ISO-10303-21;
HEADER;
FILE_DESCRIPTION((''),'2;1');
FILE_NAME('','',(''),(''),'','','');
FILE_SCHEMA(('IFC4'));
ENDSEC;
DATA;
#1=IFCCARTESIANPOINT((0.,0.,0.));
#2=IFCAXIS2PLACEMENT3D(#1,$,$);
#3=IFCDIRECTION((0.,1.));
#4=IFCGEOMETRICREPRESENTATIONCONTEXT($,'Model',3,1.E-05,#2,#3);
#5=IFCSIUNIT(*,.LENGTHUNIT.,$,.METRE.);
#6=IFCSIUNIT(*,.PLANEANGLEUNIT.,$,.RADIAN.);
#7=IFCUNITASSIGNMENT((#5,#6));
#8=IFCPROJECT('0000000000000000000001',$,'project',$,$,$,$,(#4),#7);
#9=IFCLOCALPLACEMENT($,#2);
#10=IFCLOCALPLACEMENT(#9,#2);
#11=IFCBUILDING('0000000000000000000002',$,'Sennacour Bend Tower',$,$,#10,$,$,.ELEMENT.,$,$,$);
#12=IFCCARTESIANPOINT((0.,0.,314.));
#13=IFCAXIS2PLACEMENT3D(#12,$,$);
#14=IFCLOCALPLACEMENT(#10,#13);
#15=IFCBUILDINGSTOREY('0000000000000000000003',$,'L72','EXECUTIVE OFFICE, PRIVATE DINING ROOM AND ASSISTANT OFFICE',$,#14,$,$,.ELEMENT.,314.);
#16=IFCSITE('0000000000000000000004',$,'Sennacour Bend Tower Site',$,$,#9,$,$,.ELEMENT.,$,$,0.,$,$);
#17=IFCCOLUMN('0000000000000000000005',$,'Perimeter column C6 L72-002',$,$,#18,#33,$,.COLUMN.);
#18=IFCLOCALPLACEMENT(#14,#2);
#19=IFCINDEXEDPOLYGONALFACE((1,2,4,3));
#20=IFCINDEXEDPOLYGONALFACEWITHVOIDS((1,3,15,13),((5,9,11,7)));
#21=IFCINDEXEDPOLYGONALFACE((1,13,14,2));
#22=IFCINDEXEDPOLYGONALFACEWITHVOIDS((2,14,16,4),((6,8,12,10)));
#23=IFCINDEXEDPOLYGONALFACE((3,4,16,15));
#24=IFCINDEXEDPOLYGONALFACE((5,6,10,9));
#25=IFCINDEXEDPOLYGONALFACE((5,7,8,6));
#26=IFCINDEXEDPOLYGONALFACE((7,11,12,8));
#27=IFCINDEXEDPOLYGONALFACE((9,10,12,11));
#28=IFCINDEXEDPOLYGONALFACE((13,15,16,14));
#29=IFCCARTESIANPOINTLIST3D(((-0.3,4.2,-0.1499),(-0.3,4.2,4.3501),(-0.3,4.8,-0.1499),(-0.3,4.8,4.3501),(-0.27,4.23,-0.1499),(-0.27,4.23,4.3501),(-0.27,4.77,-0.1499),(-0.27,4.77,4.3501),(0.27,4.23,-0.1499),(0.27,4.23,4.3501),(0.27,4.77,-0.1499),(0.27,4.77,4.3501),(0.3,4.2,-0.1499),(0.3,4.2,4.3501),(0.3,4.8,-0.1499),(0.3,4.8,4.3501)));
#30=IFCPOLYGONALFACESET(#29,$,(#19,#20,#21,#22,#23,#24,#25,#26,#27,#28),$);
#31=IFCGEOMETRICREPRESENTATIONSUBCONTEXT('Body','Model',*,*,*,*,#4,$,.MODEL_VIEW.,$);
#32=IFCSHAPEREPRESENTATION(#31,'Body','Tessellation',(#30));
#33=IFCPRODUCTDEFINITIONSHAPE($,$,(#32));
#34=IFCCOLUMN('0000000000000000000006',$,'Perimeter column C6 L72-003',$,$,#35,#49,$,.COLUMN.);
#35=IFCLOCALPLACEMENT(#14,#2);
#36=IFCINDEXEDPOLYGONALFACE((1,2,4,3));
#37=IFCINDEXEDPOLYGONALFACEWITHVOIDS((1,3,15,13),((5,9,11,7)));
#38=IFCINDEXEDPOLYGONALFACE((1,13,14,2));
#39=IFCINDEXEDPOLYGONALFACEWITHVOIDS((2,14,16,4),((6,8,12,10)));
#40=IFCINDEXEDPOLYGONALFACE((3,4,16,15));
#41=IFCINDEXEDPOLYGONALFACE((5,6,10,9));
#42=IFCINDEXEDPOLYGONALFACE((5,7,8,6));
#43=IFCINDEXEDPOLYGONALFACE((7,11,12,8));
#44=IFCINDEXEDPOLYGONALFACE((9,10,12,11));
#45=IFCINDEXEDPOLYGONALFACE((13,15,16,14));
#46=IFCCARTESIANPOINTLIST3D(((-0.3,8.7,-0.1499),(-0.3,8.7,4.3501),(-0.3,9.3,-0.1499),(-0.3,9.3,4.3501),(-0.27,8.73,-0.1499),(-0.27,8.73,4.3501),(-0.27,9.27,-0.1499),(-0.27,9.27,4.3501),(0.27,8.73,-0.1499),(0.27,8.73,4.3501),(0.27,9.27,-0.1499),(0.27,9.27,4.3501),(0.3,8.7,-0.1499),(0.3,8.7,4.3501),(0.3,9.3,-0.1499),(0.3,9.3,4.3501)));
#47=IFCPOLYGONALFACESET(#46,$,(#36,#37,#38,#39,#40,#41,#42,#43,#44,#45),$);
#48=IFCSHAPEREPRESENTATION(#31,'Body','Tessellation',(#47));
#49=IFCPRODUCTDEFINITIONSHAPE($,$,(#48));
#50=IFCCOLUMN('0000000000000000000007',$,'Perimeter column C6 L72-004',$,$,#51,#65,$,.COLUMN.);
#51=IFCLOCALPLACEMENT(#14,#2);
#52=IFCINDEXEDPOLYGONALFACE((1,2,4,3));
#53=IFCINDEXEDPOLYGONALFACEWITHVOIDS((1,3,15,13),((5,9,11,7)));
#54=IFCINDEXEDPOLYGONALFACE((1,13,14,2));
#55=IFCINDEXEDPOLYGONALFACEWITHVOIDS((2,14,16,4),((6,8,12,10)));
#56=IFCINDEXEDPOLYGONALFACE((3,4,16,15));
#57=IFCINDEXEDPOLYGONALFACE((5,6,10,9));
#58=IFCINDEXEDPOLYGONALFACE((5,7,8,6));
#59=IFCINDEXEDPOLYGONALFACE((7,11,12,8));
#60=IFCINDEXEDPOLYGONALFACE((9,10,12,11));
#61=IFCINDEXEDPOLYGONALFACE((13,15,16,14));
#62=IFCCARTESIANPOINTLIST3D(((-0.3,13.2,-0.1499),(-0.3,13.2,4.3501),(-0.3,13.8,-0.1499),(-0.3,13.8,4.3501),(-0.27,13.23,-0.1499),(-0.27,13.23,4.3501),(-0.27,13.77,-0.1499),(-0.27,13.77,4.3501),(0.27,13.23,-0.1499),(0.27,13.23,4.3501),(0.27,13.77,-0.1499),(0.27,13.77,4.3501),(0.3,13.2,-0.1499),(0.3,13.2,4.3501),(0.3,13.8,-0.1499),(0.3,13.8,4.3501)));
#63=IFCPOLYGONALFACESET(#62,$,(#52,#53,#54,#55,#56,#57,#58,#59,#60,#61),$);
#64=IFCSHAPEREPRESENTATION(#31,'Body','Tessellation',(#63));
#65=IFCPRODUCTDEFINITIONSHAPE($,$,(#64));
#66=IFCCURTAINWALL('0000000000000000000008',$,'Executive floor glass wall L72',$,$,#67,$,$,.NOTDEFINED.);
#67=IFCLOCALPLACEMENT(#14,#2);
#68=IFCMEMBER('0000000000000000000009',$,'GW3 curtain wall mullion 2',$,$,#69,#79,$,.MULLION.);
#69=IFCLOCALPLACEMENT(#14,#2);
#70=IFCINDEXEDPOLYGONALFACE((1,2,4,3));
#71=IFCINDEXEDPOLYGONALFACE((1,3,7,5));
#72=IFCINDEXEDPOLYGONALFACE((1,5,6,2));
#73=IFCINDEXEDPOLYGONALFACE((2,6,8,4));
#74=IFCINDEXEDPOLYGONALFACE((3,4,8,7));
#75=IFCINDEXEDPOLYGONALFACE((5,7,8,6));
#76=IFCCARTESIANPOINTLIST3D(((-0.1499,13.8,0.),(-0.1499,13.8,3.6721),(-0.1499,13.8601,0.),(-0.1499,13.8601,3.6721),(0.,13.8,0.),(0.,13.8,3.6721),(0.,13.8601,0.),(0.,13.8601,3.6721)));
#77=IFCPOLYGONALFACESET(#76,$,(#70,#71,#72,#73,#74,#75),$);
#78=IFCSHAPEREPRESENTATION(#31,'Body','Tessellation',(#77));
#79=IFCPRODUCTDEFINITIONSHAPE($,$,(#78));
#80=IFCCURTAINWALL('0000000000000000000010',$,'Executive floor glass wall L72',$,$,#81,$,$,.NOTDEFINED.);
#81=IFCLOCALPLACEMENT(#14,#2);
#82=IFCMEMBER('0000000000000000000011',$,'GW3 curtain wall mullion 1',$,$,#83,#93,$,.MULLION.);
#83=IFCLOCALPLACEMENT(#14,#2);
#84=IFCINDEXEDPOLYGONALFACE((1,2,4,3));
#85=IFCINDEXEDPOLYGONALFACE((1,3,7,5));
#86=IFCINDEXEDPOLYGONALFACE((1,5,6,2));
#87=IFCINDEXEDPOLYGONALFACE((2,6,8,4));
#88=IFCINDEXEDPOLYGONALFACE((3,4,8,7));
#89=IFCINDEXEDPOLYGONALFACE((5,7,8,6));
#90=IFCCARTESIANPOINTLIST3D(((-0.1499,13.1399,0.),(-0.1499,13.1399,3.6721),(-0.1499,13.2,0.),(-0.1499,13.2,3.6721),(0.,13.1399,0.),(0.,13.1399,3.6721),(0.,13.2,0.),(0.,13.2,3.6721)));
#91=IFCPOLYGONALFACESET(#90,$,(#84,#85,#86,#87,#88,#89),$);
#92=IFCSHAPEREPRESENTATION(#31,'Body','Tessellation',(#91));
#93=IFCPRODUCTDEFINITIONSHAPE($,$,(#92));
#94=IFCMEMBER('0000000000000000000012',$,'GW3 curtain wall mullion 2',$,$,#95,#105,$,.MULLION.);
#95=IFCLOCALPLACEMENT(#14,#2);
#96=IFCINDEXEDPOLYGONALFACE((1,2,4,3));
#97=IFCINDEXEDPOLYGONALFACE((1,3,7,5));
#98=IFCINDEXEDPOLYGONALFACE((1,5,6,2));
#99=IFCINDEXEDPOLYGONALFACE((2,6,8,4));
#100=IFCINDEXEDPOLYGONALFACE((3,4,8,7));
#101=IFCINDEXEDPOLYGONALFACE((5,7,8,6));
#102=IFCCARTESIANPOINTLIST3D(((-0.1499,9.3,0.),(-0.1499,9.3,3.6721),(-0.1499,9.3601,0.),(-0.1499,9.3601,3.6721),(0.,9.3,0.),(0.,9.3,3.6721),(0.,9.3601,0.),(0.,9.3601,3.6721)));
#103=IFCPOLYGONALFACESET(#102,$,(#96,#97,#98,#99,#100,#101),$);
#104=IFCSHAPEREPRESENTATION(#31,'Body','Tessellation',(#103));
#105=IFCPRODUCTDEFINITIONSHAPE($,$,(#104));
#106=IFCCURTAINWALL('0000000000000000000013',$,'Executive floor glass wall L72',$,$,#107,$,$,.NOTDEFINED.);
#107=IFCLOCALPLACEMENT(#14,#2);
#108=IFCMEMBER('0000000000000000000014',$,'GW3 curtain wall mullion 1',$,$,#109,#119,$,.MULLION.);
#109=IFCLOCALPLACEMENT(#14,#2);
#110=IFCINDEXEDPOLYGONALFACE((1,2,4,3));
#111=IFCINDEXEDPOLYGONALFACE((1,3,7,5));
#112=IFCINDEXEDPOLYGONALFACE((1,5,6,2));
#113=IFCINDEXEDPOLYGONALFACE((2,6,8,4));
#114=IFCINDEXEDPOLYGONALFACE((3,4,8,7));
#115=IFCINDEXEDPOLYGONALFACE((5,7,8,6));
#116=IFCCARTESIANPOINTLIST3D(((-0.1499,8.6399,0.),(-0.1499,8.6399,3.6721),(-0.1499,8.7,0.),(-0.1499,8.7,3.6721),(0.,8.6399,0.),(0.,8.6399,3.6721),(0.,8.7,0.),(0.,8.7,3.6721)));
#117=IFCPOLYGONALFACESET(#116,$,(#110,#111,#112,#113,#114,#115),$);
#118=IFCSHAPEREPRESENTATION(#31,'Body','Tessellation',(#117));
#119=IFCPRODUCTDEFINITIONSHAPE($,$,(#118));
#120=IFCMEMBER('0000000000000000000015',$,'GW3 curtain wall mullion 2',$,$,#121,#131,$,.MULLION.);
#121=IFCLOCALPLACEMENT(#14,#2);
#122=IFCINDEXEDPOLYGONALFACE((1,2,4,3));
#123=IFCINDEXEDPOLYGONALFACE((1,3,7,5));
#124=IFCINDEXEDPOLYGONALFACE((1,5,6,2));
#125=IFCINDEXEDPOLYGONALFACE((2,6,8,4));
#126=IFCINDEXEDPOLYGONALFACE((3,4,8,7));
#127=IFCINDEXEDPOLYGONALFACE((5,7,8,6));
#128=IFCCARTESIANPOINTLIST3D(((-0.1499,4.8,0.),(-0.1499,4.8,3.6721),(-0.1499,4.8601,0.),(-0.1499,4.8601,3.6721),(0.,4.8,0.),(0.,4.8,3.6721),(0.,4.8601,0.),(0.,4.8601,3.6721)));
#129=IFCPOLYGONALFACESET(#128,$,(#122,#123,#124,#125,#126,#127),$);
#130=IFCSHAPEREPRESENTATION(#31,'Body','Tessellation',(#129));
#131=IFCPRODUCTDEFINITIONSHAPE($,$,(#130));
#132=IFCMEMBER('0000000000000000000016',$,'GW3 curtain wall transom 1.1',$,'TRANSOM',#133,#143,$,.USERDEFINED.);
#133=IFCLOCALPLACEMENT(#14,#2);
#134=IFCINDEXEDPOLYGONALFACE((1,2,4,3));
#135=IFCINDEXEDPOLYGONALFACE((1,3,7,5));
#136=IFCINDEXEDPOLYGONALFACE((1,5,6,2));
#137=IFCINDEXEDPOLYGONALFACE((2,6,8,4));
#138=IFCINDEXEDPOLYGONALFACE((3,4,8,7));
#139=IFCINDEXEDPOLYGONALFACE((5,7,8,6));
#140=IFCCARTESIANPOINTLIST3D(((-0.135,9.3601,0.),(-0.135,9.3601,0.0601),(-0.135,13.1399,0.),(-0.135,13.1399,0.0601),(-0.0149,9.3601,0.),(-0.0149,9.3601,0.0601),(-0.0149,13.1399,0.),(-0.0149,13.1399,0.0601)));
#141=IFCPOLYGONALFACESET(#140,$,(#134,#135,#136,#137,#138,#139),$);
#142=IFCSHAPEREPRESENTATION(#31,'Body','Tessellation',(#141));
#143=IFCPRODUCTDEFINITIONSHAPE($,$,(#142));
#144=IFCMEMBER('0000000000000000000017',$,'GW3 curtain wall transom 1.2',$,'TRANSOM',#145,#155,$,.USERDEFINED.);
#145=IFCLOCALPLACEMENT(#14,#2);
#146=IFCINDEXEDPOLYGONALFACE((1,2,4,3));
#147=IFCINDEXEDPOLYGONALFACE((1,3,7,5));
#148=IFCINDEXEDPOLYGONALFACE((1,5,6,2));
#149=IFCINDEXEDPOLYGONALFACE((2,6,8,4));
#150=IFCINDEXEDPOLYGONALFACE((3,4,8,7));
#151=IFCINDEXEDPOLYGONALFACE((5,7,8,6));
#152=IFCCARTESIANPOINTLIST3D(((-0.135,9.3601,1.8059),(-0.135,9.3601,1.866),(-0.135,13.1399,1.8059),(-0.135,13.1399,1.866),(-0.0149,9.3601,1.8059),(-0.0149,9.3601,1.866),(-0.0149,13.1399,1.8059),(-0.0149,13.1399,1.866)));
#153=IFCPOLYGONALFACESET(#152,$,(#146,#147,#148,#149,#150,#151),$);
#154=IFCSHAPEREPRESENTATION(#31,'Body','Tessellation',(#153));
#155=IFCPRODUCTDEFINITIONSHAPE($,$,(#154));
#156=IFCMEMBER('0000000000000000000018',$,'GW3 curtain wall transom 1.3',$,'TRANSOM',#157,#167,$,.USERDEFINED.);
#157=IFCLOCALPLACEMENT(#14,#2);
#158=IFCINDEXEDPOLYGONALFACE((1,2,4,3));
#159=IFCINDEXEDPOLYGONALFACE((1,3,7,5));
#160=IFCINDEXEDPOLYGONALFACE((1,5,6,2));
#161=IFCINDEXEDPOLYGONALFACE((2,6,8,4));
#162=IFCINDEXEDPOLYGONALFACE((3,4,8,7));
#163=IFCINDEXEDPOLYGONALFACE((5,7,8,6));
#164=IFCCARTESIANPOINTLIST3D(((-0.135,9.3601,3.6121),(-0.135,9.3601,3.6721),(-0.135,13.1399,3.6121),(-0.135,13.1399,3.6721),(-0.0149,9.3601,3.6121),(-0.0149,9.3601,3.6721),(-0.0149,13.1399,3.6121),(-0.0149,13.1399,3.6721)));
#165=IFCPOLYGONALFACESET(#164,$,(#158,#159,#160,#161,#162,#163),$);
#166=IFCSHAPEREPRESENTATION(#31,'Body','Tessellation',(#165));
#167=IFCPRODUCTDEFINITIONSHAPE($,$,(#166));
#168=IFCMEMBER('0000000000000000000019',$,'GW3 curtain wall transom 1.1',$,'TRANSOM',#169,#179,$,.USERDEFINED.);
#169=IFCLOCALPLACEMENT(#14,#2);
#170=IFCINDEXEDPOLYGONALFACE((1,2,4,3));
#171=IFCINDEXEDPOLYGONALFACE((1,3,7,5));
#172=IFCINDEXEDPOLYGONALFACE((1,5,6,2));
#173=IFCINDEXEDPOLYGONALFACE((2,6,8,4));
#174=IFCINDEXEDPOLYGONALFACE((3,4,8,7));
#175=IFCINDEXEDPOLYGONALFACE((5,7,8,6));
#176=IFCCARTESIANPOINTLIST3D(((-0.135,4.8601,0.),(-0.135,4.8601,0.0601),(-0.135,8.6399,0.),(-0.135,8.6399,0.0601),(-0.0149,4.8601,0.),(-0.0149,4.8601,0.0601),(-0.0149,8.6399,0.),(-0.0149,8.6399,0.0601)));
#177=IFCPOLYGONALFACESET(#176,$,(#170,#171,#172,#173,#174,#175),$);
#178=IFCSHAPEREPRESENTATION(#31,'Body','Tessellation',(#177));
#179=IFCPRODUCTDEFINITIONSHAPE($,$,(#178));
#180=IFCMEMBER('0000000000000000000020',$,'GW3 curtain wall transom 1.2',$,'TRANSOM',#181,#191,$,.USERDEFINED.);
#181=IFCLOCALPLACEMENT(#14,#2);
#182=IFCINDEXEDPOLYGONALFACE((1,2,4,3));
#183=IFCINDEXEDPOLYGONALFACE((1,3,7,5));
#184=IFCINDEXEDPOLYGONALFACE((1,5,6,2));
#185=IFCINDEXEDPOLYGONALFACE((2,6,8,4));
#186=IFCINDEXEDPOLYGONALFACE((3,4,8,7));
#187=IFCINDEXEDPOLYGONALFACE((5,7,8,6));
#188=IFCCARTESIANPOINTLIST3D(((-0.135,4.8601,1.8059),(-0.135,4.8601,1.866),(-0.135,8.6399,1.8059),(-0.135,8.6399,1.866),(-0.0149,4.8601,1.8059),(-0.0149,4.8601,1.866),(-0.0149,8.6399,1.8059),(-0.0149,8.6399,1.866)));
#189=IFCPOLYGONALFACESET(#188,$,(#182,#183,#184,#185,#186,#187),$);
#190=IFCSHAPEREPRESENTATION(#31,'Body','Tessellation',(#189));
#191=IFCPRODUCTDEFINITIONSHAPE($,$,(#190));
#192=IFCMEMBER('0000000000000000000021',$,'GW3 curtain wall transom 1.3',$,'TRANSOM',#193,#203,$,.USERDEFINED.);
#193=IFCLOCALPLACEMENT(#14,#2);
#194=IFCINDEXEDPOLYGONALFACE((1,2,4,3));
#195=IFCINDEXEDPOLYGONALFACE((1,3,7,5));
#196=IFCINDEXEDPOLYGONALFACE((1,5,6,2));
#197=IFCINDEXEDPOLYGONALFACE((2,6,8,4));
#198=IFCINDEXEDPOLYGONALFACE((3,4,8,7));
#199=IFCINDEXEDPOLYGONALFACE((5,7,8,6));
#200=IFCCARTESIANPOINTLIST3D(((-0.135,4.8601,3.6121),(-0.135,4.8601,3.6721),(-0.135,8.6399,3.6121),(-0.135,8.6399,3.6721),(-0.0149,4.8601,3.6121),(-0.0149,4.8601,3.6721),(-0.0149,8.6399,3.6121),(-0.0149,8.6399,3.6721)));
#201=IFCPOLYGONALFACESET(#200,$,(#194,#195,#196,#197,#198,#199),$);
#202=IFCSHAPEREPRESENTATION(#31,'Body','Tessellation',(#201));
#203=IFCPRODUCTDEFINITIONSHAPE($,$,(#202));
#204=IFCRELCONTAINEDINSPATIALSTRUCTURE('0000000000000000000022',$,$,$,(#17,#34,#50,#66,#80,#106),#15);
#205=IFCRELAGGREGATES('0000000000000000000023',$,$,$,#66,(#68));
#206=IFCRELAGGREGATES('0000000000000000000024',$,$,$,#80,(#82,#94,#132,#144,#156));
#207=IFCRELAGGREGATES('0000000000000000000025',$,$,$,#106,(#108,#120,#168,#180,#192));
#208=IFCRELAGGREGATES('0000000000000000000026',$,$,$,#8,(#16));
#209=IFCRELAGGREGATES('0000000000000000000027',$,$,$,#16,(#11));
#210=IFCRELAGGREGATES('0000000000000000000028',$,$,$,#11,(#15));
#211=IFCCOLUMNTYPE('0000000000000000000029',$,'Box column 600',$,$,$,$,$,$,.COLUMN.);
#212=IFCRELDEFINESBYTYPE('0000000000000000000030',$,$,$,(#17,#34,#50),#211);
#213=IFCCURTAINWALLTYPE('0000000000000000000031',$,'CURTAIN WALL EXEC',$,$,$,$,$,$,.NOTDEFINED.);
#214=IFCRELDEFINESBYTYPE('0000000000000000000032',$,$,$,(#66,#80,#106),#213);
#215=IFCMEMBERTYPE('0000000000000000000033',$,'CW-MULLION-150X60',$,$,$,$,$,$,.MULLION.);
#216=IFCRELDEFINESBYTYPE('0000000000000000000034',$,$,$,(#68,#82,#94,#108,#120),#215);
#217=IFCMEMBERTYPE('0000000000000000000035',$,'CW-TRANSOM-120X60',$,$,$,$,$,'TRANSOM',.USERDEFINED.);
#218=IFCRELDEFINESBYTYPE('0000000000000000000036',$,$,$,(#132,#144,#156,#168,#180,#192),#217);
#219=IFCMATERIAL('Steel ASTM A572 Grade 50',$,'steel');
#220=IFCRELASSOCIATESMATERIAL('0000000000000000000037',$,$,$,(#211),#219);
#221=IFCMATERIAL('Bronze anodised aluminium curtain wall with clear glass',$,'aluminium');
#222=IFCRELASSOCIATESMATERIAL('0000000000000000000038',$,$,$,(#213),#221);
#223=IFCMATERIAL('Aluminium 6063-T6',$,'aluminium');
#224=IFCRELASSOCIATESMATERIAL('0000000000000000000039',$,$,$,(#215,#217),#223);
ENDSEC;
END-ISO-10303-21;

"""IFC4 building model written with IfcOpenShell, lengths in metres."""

from ifc_helpers import new_model, si_unit, direction, frame, origin, origin_2d, place, context, subcontext, project, spatial, rectangle, hollow_rectangle, extrude, material, material_profile, profile_set, type_object, element, aggregate, save


model = new_model("IFC4")

# Units and contexts
model_context = context("Model", 3, precision=1e-05, world=origin(), true_north=direction((0.0, 1.0)))
body_context = subcontext(model_context, "Body", "Model", "MODEL_VIEW")
ifc_project = project(units=[si_unit("LENGTHUNIT", "METRE"), si_unit("PLANEANGLEUNIT", "RADIAN")], contexts=[model_context])

# Site, building, storey
site_placement = place(None, origin())
site = spatial("IfcSite", under=ifc_project, at=site_placement, Name="Sennacour Bend Tower Site", CompositionType="ELEMENT", RefElevation=0.0)
building_placement = place(site_placement, origin())
building = spatial("IfcBuilding", under=site, at=building_placement, Name="Sennacour Bend Tower", CompositionType="ELEMENT")
storey_placement = place(building_placement, frame((0.0, 0.0, 314.0)))
storey = spatial("IfcBuildingStorey", under=building, at=storey_placement, Name="L72", Description="EXECUTIVE OFFICE, PRIVATE DINING ROOM AND ASSISTANT OFFICE", CompositionType="ELEMENT", Elevation=314.0)

# Columns
ifc_material_1 = material(Name="Steel ASTM A572 Grade 50", Category="steel")
ifc_material_profile_1 = material_profile(ifc_material_1, hollow_rectangle(XDim=0.6001, YDim=0.6001, WallThickness=0.03, at=origin_2d()), Name="Steel ASTM A572 Grade 50", Category="steel")
ifc_profile_set_1 = profile_set([ifc_material_profile_1], Name="Steel ASTM A572 Grade 50")
column_type = type_object("IfcColumnType", Name="Box column 600", PredefinedType="COLUMN", material=ifc_profile_set_1)
for number, where, z_axis, x_axis, name in (
    (1, (0.0, 4.5, -0.1499), (0.0, 0.0, 1.0), (1.0, 0.0, 0.0), "Perimeter column C6 L72-002"),
    (2, (0.0, 9.0, -0.1499), (0.0, 0.0, 1.0), (1.0, 0.0, 0.0), "Perimeter column C6 L72-003"),
    (3, (0.0, 13.5, -0.1499), (0.0, 0.0, 1.0), (1.0, 0.0, 0.0), "Perimeter column C6 L72-004"),
):
    element("IfcColumn", number, at=place(storey_placement, frame(where, z_axis=z_axis, x_axis=x_axis)), inside=storey, type_object=column_type, Name=name, PredefinedType="COLUMN", context=body_context, shape_type="SweptSolid", body=[
        extrude(hollow_rectangle(XDim=0.6001, YDim=0.6001, WallThickness=0.03, at=origin_2d()), origin(), (0.0, 0.0, 1.0), 4.5),
    ])

# Curtain wall, member
ifc_material_2 = material(Name="Bronze anodised aluminium curtain wall with clear glass", Category="aluminium")
curtain_wall_type = type_object("IfcCurtainWallType", Name="CURTAIN WALL EXEC", PredefinedType="NOTDEFINED", material=ifc_material_2)
curtain_wall_1_placement = place(storey_placement, origin())
curtain_wall_1 = element("IfcCurtainWall", 4, at=curtain_wall_1_placement, inside=storey, type_object=curtain_wall_type, Name="Executive floor glass wall L72", PredefinedType="NOTDEFINED")
ifc_material_3 = material(Name="Aluminium 6063-T6", Category="aluminium")
ifc_material_profile_2 = material_profile(ifc_material_3, rectangle(XDim=0.1499, YDim=0.0601, at=origin_2d()), Name="Aluminium 6063-T6", Category="aluminium")
ifc_profile_set_2 = profile_set([ifc_material_profile_2], Name="Aluminium 6063-T6")
member_type_1 = type_object("IfcMemberType", Name="CW-MULLION-150X60", PredefinedType="MULLION", material=ifc_profile_set_2)
member_1_placement = place(storey_placement, frame((-0.075, 13.8301, 0.0), z_axis=(0.0, 0.0, 1.0), x_axis=(1.0, 0.0, 0.0)))
member_1 = element("IfcMember", 5, at=member_1_placement, type_object=member_type_1, Name="GW3 curtain wall mullion 2", PredefinedType="MULLION", context=body_context, shape_type="SweptSolid", body=[
    extrude(rectangle(XDim=0.1499, YDim=0.0601, at=origin_2d()), origin(), (0.0, 0.0, 1.0), 3.6721),
])

# Curtain walls, members
curtain_wall_2_placement = place(storey_placement, origin())
curtain_wall_2 = element("IfcCurtainWall", 6, at=curtain_wall_2_placement, inside=storey, type_object=curtain_wall_type, Name="Executive floor glass wall L72", PredefinedType="NOTDEFINED")
member_2_placement = place(storey_placement, frame((-0.075, 13.1699, 0.0), z_axis=(0.0, 0.0, 1.0), x_axis=(1.0, 0.0, 0.0)))
member_2 = element("IfcMember", 7, at=member_2_placement, type_object=member_type_1, Name="GW3 curtain wall mullion 1", PredefinedType="MULLION", context=body_context, shape_type="SweptSolid", body=[
    extrude(rectangle(XDim=0.1499, YDim=0.0601, at=origin_2d()), origin(), (0.0, 0.0, 1.0), 3.6721),
])
member_3_placement = place(storey_placement, frame((-0.075, 9.3301, 0.0), z_axis=(0.0, 0.0, 1.0), x_axis=(1.0, 0.0, 0.0)))
member_3 = element("IfcMember", 8, at=member_3_placement, type_object=member_type_1, Name="GW3 curtain wall mullion 2", PredefinedType="MULLION", context=body_context, shape_type="SweptSolid", body=[
    extrude(rectangle(XDim=0.1499, YDim=0.0601, at=origin_2d()), origin(), (0.0, 0.0, 1.0), 3.6721),
])
curtain_wall_3_placement = place(storey_placement, origin())
curtain_wall_3 = element("IfcCurtainWall", 9, at=curtain_wall_3_placement, inside=storey, type_object=curtain_wall_type, Name="Executive floor glass wall L72", PredefinedType="NOTDEFINED")
member_4_placement = place(storey_placement, frame((-0.075, 8.6699, 0.0), z_axis=(0.0, 0.0, 1.0), x_axis=(1.0, 0.0, 0.0)))
member_4 = element("IfcMember", 10, at=member_4_placement, type_object=member_type_1, Name="GW3 curtain wall mullion 1", PredefinedType="MULLION", context=body_context, shape_type="SweptSolid", body=[
    extrude(rectangle(XDim=0.1499, YDim=0.0601, at=origin_2d()), origin(), (0.0, 0.0, 1.0), 3.6721),
])
member_5_placement = place(storey_placement, frame((-0.075, 4.8301, 0.0), z_axis=(0.0, 0.0, 1.0), x_axis=(1.0, 0.0, 0.0)))
member_5 = element("IfcMember", 11, at=member_5_placement, type_object=member_type_1, Name="GW3 curtain wall mullion 2", PredefinedType="MULLION", context=body_context, shape_type="SweptSolid", body=[
    extrude(rectangle(XDim=0.1499, YDim=0.0601, at=origin_2d()), origin(), (0.0, 0.0, 1.0), 3.6721),
])

# Members
ifc_material_profile_3 = material_profile(ifc_material_3, rectangle(XDim=0.1201, YDim=0.0601, at=origin_2d()), Name="Aluminium 6063-T6", Category="aluminium")
ifc_profile_set_3 = profile_set([ifc_material_profile_3], Name="Aluminium 6063-T6")
member_type_2 = type_object("IfcMemberType", Name="CW-TRANSOM-120X60", ElementType="TRANSOM", PredefinedType="USERDEFINED", material=ifc_profile_set_3)
member_6_placement = place(storey_placement, frame((-0.075, 13.1399, 0.03), z_axis=(0.0, -1.0, 0.0), x_axis=(1.0, 0.0, 0.0)))
member_6 = element("IfcMember", 12, at=member_6_placement, type_object=member_type_2, Name="GW3 curtain wall transom 1.1", ObjectType="TRANSOM", PredefinedType="USERDEFINED", context=body_context, shape_type="SweptSolid", body=[
    extrude(rectangle(XDim=0.1201, YDim=0.0601, at=origin_2d()), origin(), (0.0, 0.0, 1.0), 3.7798),
])
member_7_placement = place(storey_placement, frame((-0.075, 13.1399, 1.8359), z_axis=(0.0, -1.0, 0.0), x_axis=(1.0, 0.0, 0.0)))
member_7 = element("IfcMember", 13, at=member_7_placement, type_object=member_type_2, Name="GW3 curtain wall transom 1.2", ObjectType="TRANSOM", PredefinedType="USERDEFINED", context=body_context, shape_type="SweptSolid", body=[
    extrude(rectangle(XDim=0.1201, YDim=0.0601, at=origin_2d()), origin(), (0.0, 0.0, 1.0), 3.7798),
])
member_8_placement = place(storey_placement, frame((-0.075, 13.1399, 3.6421), z_axis=(0.0, -1.0, 0.0), x_axis=(1.0, 0.0, 0.0)))
member_8 = element("IfcMember", 14, at=member_8_placement, type_object=member_type_2, Name="GW3 curtain wall transom 1.3", ObjectType="TRANSOM", PredefinedType="USERDEFINED", context=body_context, shape_type="SweptSolid", body=[
    extrude(rectangle(XDim=0.1201, YDim=0.0601, at=origin_2d()), origin(), (0.0, 0.0, 1.0), 3.7798),
])
member_9_placement = place(storey_placement, frame((-0.075, 8.6399, 0.03), z_axis=(0.0, -1.0, 0.0), x_axis=(1.0, 0.0, 0.0)))
member_9 = element("IfcMember", 15, at=member_9_placement, type_object=member_type_2, Name="GW3 curtain wall transom 1.1", ObjectType="TRANSOM", PredefinedType="USERDEFINED", context=body_context, shape_type="SweptSolid", body=[
    extrude(rectangle(XDim=0.1201, YDim=0.0601, at=origin_2d()), origin(), (0.0, 0.0, 1.0), 3.7798),
])
member_10_placement = place(storey_placement, frame((-0.075, 8.6399, 1.8359), z_axis=(0.0, -1.0, 0.0), x_axis=(1.0, 0.0, 0.0)))
member_10 = element("IfcMember", 16, at=member_10_placement, type_object=member_type_2, Name="GW3 curtain wall transom 1.2", ObjectType="TRANSOM", PredefinedType="USERDEFINED", context=body_context, shape_type="SweptSolid", body=[
    extrude(rectangle(XDim=0.1201, YDim=0.0601, at=origin_2d()), origin(), (0.0, 0.0, 1.0), 3.7798),
])
member_11_placement = place(storey_placement, frame((-0.075, 8.6399, 3.6421), z_axis=(0.0, -1.0, 0.0), x_axis=(1.0, 0.0, 0.0)))
member_11 = element("IfcMember", 17, at=member_11_placement, type_object=member_type_2, Name="GW3 curtain wall transom 1.3", ObjectType="TRANSOM", PredefinedType="USERDEFINED", context=body_context, shape_type="SweptSolid", body=[
    extrude(rectangle(XDim=0.1201, YDim=0.0601, at=origin_2d()), origin(), (0.0, 0.0, 1.0), 3.7798),
])

aggregate(curtain_wall_1, [member_1])
aggregate(curtain_wall_2, [member_2, member_3, member_6, member_7, member_8])
aggregate(curtain_wall_3, [member_4, member_5, member_9, member_10, member_11])

save(model, "model.ifc")
